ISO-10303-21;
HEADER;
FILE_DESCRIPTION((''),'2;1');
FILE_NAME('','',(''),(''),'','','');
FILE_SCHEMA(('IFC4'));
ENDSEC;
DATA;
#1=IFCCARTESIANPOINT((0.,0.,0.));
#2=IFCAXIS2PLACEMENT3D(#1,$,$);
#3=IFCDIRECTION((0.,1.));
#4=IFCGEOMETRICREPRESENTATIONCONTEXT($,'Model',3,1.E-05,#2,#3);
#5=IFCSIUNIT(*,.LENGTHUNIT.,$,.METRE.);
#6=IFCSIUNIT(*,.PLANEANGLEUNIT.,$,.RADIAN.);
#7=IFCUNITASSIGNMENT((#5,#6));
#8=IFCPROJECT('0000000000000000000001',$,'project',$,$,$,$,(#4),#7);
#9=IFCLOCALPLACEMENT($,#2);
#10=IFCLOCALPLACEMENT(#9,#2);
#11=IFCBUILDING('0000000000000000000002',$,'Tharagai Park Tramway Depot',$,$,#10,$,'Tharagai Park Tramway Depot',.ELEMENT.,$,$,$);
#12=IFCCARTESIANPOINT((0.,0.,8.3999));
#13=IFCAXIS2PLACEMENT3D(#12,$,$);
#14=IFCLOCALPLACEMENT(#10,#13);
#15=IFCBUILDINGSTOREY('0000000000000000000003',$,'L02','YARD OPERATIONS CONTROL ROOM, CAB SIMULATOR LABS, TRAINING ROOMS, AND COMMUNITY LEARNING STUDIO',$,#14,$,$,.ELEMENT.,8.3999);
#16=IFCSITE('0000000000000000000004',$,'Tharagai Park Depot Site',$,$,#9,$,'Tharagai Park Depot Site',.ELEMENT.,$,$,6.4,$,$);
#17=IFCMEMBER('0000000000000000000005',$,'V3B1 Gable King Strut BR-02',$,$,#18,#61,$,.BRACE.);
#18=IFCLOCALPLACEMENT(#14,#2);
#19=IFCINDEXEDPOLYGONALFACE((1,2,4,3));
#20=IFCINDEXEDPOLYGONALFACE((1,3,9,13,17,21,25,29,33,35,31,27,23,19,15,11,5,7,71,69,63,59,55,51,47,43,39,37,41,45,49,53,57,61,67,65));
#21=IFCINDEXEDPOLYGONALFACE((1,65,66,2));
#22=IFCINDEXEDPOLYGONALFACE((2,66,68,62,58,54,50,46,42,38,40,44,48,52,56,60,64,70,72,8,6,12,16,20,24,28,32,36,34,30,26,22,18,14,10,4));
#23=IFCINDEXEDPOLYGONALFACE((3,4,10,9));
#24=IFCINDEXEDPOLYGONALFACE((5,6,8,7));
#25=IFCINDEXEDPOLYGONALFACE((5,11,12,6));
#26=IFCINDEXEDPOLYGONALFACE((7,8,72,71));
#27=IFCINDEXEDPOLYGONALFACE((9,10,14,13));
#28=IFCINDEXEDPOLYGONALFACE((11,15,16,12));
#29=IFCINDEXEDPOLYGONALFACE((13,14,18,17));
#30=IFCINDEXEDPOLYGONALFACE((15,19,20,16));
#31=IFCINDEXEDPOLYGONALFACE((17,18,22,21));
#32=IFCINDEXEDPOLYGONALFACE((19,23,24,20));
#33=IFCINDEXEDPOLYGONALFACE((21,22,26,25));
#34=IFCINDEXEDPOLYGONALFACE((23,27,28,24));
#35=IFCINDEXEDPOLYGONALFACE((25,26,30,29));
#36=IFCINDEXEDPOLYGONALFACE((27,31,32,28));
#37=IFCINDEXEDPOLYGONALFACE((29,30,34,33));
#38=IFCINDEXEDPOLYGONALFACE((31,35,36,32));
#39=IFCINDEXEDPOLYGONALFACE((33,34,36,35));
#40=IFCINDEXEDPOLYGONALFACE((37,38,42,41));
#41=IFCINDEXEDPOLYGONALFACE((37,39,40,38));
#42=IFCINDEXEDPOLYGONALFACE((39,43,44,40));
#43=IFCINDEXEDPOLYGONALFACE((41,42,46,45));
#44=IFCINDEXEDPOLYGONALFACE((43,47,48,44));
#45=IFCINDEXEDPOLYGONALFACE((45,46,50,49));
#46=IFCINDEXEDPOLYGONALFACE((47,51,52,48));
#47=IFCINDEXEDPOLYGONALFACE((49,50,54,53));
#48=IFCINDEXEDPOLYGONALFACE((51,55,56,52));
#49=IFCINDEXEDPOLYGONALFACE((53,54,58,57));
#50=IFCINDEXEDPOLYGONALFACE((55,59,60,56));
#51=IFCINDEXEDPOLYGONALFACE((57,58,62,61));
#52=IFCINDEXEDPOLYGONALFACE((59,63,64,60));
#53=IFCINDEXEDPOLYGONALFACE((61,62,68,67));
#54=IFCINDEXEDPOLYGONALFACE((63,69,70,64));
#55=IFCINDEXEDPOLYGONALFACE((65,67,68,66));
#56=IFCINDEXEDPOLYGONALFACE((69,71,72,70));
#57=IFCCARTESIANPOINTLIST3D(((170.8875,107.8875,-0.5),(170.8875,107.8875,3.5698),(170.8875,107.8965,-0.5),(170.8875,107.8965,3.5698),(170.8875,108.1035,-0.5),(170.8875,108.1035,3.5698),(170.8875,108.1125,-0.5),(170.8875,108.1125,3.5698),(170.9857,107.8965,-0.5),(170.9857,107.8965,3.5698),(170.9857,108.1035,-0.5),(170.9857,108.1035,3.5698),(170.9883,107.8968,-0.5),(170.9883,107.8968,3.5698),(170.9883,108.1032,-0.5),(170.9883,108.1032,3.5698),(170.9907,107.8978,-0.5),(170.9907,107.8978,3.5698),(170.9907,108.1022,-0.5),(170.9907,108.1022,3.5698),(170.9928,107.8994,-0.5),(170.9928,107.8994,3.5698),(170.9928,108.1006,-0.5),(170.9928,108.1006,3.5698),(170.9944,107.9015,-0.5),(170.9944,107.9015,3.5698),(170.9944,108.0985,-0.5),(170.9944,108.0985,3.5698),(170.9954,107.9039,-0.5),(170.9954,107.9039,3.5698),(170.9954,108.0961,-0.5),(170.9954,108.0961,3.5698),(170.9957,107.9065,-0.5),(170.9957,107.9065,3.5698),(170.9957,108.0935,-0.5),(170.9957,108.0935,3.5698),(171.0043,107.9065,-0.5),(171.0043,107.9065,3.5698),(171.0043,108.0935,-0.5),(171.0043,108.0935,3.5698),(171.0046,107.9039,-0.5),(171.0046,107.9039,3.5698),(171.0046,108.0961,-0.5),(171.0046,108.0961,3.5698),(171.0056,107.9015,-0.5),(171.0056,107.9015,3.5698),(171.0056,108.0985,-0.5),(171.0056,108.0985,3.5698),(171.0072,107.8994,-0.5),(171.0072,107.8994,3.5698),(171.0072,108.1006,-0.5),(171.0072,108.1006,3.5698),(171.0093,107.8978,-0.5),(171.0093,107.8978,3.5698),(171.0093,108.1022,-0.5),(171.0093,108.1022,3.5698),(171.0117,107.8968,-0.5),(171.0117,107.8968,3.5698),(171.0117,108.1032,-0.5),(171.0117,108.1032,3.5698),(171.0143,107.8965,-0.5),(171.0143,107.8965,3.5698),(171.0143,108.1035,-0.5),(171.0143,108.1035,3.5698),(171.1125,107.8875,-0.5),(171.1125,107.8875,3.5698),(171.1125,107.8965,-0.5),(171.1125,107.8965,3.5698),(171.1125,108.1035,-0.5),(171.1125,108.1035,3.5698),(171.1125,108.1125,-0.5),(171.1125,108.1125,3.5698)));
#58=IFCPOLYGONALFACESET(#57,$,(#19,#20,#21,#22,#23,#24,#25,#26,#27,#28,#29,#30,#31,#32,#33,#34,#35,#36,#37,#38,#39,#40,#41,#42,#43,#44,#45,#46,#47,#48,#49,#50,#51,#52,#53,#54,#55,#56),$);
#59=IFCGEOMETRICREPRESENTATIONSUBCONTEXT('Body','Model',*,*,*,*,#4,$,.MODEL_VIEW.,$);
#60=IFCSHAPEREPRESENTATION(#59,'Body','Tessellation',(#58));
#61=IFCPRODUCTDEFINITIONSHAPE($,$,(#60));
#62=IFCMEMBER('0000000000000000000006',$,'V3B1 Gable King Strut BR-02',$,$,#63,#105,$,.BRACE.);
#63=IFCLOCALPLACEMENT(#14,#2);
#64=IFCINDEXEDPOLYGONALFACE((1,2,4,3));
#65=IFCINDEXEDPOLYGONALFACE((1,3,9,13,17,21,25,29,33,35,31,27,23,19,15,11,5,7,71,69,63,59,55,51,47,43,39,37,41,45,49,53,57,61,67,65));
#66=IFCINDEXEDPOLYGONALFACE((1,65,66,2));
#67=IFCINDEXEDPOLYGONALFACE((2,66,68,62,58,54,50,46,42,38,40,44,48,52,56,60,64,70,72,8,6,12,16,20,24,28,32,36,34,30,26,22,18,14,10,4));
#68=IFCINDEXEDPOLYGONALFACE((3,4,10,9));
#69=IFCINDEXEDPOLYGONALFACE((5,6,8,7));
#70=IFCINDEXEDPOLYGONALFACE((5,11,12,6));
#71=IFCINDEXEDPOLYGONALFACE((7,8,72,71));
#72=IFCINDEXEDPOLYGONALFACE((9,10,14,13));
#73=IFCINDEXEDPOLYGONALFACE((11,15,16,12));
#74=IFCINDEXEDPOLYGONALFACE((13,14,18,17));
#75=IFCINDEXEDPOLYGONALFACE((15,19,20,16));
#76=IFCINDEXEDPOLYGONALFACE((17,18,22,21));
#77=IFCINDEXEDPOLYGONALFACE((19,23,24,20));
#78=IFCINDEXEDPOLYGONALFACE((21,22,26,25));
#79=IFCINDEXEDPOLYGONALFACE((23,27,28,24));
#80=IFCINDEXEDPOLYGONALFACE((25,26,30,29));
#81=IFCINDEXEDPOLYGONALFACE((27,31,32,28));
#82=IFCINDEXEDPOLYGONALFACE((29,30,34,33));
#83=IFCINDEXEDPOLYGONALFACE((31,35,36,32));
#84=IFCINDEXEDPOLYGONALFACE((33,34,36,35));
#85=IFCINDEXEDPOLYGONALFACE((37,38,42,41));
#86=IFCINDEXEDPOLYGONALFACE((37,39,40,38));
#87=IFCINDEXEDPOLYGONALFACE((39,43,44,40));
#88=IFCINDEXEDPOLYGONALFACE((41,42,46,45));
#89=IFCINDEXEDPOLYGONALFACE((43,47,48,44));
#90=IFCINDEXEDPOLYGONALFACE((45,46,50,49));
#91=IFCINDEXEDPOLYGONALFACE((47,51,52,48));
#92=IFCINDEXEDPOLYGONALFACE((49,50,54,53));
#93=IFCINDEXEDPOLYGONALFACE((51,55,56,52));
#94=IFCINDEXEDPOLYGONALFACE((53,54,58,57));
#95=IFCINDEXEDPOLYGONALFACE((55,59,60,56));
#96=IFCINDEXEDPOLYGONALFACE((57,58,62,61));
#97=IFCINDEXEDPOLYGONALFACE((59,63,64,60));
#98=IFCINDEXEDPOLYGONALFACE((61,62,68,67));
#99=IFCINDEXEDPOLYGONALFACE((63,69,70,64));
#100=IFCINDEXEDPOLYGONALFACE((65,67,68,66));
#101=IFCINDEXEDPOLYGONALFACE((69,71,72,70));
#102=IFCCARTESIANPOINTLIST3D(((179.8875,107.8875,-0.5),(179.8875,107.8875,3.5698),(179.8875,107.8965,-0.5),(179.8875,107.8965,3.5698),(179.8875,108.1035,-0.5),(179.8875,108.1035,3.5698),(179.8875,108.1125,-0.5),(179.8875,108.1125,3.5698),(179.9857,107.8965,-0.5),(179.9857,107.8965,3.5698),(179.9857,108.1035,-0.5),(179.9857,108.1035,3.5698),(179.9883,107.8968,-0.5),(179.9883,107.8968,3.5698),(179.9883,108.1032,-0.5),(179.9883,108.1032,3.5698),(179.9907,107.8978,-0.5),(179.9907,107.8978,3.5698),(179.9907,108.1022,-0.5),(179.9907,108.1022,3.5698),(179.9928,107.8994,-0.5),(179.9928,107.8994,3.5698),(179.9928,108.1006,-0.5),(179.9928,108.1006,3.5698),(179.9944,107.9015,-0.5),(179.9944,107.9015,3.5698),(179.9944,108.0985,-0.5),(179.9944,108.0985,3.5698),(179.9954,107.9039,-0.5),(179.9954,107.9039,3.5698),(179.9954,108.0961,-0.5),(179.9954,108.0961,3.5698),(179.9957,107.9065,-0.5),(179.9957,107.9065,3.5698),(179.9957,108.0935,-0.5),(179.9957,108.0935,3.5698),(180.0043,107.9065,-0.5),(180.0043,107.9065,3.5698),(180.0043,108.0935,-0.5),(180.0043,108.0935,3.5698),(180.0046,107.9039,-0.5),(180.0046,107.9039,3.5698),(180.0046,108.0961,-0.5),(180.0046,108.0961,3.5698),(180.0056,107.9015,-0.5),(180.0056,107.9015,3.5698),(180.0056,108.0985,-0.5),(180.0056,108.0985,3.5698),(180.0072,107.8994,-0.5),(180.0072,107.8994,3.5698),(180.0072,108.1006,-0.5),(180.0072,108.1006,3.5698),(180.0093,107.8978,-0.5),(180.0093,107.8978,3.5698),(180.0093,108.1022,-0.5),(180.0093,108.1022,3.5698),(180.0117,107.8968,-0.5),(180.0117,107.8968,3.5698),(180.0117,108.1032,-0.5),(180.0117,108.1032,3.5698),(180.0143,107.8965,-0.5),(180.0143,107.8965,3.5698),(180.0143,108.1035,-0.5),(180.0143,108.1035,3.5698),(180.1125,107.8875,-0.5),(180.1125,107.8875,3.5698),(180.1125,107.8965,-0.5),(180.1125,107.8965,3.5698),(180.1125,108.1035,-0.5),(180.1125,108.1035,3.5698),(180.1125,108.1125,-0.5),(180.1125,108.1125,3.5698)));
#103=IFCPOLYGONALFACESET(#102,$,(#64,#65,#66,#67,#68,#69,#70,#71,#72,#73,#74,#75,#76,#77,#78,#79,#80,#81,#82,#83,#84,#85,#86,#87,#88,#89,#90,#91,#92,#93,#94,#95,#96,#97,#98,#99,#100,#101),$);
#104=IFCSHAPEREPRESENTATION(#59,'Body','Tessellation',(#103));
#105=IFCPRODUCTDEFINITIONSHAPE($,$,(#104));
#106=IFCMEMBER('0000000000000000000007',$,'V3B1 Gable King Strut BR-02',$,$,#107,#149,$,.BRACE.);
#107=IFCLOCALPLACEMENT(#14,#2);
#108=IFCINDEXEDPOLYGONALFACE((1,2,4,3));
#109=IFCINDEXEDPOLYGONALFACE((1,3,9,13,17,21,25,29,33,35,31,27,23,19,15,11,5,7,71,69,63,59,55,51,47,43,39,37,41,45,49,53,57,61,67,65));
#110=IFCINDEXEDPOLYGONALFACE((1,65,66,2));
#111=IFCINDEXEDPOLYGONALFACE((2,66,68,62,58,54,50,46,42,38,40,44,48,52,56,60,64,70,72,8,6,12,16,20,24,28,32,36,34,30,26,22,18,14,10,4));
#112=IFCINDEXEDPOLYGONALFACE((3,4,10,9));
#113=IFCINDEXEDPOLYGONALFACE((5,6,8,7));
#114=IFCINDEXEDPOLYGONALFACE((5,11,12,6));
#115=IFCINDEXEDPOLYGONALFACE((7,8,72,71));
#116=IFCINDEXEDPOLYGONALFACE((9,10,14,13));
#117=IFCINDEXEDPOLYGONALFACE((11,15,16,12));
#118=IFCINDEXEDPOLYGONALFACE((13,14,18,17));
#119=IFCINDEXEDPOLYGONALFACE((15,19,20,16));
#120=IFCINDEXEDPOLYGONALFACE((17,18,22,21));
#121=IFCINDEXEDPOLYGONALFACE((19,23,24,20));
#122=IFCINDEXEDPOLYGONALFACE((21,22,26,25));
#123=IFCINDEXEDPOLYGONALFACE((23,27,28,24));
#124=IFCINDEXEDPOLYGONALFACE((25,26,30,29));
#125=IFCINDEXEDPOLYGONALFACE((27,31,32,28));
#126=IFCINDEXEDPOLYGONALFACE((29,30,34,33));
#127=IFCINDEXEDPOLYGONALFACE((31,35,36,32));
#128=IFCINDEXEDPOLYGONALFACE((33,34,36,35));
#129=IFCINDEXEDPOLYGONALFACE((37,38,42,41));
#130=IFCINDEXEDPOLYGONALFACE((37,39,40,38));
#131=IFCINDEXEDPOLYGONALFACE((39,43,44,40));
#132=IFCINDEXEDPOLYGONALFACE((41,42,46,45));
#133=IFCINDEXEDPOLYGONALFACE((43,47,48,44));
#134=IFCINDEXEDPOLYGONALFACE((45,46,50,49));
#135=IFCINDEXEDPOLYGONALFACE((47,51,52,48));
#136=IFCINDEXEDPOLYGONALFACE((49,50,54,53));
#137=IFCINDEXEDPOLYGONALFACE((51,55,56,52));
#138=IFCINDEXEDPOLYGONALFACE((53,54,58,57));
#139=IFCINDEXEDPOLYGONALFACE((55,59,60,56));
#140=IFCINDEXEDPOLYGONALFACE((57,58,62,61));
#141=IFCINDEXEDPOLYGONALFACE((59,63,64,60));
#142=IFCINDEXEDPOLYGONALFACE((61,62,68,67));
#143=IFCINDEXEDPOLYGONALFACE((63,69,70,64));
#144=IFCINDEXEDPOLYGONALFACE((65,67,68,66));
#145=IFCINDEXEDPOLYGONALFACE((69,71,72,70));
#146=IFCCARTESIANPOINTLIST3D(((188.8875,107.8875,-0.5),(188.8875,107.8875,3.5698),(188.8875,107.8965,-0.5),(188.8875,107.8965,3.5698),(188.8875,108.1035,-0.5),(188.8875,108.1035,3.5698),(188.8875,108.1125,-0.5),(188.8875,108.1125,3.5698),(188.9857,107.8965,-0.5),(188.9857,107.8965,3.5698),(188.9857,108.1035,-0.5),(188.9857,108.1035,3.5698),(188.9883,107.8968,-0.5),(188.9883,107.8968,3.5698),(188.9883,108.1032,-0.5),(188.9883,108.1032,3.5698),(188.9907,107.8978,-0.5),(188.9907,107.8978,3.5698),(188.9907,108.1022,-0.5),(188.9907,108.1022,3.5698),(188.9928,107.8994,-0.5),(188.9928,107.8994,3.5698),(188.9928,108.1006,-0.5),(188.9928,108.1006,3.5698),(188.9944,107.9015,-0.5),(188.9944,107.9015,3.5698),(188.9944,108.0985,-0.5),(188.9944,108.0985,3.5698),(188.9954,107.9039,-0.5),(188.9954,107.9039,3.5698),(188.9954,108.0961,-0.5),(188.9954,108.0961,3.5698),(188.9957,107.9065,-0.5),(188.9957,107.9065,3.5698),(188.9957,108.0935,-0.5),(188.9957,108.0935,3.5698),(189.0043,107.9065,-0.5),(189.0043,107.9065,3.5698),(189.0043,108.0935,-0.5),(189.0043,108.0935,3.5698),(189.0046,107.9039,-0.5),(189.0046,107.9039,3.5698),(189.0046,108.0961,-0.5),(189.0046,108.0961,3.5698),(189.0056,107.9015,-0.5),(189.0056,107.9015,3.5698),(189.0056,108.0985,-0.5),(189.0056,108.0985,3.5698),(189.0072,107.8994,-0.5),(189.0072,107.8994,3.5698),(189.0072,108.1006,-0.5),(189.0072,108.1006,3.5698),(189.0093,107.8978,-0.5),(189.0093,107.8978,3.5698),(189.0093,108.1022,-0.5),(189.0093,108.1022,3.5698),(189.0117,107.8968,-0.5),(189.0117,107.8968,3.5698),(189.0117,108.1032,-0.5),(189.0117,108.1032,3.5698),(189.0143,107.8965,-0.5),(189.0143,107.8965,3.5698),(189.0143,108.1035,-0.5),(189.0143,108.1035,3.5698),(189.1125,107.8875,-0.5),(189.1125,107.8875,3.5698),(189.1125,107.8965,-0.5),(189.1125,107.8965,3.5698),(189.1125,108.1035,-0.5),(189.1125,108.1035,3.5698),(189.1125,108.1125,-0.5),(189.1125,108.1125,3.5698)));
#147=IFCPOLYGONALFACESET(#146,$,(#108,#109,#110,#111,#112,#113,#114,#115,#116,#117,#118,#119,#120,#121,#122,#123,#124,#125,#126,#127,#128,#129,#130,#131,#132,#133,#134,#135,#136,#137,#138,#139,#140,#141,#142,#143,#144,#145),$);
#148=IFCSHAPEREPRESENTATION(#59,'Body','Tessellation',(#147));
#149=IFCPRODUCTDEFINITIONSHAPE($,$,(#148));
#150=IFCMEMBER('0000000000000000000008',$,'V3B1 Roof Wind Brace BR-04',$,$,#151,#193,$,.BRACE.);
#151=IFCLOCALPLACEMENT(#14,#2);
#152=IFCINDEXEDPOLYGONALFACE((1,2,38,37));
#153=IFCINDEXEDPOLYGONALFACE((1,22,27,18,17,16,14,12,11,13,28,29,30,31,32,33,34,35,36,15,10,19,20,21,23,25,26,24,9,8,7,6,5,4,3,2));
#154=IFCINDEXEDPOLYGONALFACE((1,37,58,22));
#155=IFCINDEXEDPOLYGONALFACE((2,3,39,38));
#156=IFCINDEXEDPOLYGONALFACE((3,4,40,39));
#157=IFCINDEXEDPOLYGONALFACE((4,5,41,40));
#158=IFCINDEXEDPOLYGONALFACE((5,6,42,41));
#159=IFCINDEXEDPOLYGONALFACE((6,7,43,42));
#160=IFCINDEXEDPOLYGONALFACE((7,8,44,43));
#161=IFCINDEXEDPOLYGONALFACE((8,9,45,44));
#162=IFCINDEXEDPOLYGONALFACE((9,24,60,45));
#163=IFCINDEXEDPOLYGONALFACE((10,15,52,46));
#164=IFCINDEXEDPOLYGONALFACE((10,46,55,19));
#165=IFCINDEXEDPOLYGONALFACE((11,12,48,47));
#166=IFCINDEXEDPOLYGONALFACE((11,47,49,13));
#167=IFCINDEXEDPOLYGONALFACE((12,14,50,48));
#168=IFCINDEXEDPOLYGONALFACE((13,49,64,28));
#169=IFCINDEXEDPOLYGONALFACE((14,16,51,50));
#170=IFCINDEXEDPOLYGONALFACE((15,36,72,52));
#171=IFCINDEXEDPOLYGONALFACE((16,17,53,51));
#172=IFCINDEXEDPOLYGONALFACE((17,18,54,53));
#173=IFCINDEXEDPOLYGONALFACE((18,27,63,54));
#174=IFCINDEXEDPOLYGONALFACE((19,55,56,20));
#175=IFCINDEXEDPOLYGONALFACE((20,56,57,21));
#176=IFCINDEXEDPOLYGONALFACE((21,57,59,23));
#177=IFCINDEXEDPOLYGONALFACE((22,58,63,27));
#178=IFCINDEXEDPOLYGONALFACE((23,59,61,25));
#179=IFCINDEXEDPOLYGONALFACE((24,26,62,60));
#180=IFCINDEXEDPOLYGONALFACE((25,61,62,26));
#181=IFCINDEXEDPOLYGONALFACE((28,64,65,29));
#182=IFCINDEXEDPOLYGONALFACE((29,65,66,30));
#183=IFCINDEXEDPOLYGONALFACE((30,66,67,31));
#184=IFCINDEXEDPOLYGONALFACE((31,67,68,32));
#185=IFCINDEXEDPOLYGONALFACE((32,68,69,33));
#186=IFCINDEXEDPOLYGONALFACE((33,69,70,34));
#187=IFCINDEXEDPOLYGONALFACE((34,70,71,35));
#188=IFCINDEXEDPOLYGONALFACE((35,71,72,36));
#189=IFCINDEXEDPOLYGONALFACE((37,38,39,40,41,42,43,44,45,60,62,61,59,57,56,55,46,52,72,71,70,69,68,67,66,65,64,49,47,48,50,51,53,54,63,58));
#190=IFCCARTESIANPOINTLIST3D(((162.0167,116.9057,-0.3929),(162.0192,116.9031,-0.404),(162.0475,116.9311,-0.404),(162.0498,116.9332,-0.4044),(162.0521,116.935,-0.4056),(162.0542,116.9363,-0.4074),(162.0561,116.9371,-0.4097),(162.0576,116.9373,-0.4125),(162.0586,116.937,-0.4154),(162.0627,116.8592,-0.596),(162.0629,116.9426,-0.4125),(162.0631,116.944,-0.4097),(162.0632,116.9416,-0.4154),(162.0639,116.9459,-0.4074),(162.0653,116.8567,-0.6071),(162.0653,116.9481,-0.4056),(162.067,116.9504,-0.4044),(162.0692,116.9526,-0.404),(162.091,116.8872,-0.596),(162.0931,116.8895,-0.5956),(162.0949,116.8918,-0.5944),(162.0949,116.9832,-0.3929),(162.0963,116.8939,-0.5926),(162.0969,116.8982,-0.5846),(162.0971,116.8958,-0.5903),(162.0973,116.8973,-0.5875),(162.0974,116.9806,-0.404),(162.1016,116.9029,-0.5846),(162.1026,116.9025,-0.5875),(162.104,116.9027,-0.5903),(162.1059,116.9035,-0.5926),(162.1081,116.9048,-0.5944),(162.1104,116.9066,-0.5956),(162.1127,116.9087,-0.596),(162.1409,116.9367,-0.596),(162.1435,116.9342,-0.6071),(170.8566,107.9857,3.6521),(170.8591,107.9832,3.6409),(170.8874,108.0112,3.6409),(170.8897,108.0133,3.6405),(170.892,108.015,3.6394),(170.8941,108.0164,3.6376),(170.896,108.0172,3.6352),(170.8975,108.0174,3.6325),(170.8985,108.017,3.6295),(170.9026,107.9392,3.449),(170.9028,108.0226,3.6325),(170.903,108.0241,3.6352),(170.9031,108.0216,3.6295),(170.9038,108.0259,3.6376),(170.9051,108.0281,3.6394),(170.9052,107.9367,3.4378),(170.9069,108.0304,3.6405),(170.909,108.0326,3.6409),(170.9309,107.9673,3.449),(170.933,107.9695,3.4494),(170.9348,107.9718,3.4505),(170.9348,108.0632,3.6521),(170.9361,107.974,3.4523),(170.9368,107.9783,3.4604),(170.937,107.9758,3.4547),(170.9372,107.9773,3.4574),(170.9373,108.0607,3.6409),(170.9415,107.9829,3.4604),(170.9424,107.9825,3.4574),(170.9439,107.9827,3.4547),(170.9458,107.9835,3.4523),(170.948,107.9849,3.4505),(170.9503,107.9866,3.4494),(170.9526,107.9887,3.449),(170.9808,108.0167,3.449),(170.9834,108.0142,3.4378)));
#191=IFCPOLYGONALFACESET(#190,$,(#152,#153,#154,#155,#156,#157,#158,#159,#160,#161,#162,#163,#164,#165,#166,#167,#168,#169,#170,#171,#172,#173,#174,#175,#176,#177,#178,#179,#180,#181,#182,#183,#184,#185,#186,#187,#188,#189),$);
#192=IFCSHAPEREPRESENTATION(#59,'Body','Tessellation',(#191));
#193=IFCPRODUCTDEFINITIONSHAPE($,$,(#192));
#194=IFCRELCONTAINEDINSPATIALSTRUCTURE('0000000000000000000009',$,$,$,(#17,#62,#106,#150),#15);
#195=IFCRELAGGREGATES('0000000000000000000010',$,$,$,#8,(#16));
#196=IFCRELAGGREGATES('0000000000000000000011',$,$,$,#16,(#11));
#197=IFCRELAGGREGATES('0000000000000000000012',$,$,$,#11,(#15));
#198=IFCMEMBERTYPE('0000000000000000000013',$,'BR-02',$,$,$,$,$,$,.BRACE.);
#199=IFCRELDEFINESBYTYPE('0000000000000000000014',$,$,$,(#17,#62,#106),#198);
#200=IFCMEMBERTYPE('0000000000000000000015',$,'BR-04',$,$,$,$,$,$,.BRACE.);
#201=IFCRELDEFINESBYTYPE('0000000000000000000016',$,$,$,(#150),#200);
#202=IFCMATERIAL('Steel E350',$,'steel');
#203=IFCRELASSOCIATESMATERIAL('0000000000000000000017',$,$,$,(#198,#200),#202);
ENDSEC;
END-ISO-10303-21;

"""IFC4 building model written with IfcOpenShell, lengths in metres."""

from ifc_helpers import new_model, si_unit, direction, frame, origin, origin_2d, place, context, subcontext, project, spatial, i_section, extrude, material, material_profile, profile_set, type_object, element, save


model = new_model("IFC4")

# Units and contexts
model_context = context("Model", 3, precision=1e-05, world=origin(), true_north=direction((0.0, 1.0)))
body_context = subcontext(model_context, "Body", "Model", "MODEL_VIEW")
ifc_project = project(units=[si_unit("LENGTHUNIT", "METRE"), si_unit("PLANEANGLEUNIT", "RADIAN")], contexts=[model_context])

# Site, building, storey
site_placement = place(None, origin())
site = spatial("IfcSite", under=ifc_project, at=site_placement, Name="Tharagai Park Depot Site", LongName="Tharagai Park Depot Site", CompositionType="ELEMENT", RefElevation=6.4)
building_placement = place(site_placement, origin())
building = spatial("IfcBuilding", under=site, at=building_placement, Name="Tharagai Park Tramway Depot", LongName="Tharagai Park Tramway Depot", CompositionType="ELEMENT")
storey_placement = place(building_placement, frame((0.0, 0.0, 8.3999)))
storey = spatial("IfcBuildingStorey", under=building, at=storey_placement, Name="L02", Description="YARD OPERATIONS CONTROL ROOM, CAB SIMULATOR LABS, TRAINING ROOMS, AND COMMUNITY LEARNING STUDIO", CompositionType="ELEMENT", Elevation=8.3999)

# Shared definitions
ifc_material_1 = material(Name="Steel E350", Category="steel")

# Members
ifc_material_profile_1 = material_profile(ifc_material_1, i_section(OverallWidth=0.2251, OverallDepth=0.2251, WebThickness=0.0085, FlangeThickness=0.009, FilletRadius=0.01, at=origin_2d()), Name="ISHB 225")
ifc_profile_set_1 = profile_set([ifc_material_profile_1], Name="Steel E350")
member_type_1 = type_object("IfcMemberType", Name="BR-02", PredefinedType="BRACE", material=ifc_profile_set_1)
for number, where, z_axis, x_axis, name in (
    (1, (171.0, 108.0, -0.5), (0.0, 0.0, 1.0), (1.0, 0.0, 0.0), "V3B1 Gable King Strut BR-02"),
    (2, (180.0, 108.0, -0.5), (0.0, 0.0, 1.0), (1.0, 0.0, 0.0), "V3B1 Gable King Strut BR-02"),
    (3, (189.0, 108.0, -0.5), (0.0, 0.0, 1.0), (1.0, 0.0, 0.0), "V3B1 Gable King Strut BR-02"),
):
    element("IfcMember", number, at=place(storey_placement, frame(where, z_axis=z_axis, x_axis=x_axis)), inside=storey, type_object=member_type_1, Name=name, PredefinedType="BRACE", context=body_context, shape_type="SweptSolid", body=[
        extrude(i_section(OverallWidth=0.2251, OverallDepth=0.2251, WebThickness=0.0085, FlangeThickness=0.009, FilletRadius=0.01, at=origin_2d()), origin(), (0.0, 0.0, 1.0), 4.0698),
    ])
ifc_material_profile_2 = material_profile(ifc_material_1, i_section(OverallWidth=0.1101, OverallDepth=0.2251, WebThickness=0.0066, FlangeThickness=0.0117, FilletRadius=0.012, at=origin_2d()), Name="ISMB 225")
ifc_profile_set_2 = profile_set([ifc_material_profile_2], Name="Steel E350")
member_type_2 = type_object("IfcMemberType", Name="BR-04", PredefinedType="BRACE", material=ifc_profile_set_2)
for number, where, z_axis, x_axis, name in (
    (4, (162.0801, 116.9199, -0.5), (0.670014, -0.676083, 0.306584), (0.710288, 0.703911, 0.0), "V3B1 Roof Wind Brace BR-04"),
):
    element("IfcMember", number, at=place(storey_placement, frame(where, z_axis=z_axis, x_axis=x_axis)), inside=storey, type_object=member_type_2, Name=name, PredefinedType="BRACE", context=body_context, shape_type="SweptSolid", body=[
        extrude(i_section(OverallWidth=0.1101, OverallDepth=0.2251, WebThickness=0.0066, FlangeThickness=0.0117, FilletRadius=0.012, at=origin_2d()), origin(), (0.0, 0.0, 1.0), 13.1936),
    ])

save(model, "model.ifc")
